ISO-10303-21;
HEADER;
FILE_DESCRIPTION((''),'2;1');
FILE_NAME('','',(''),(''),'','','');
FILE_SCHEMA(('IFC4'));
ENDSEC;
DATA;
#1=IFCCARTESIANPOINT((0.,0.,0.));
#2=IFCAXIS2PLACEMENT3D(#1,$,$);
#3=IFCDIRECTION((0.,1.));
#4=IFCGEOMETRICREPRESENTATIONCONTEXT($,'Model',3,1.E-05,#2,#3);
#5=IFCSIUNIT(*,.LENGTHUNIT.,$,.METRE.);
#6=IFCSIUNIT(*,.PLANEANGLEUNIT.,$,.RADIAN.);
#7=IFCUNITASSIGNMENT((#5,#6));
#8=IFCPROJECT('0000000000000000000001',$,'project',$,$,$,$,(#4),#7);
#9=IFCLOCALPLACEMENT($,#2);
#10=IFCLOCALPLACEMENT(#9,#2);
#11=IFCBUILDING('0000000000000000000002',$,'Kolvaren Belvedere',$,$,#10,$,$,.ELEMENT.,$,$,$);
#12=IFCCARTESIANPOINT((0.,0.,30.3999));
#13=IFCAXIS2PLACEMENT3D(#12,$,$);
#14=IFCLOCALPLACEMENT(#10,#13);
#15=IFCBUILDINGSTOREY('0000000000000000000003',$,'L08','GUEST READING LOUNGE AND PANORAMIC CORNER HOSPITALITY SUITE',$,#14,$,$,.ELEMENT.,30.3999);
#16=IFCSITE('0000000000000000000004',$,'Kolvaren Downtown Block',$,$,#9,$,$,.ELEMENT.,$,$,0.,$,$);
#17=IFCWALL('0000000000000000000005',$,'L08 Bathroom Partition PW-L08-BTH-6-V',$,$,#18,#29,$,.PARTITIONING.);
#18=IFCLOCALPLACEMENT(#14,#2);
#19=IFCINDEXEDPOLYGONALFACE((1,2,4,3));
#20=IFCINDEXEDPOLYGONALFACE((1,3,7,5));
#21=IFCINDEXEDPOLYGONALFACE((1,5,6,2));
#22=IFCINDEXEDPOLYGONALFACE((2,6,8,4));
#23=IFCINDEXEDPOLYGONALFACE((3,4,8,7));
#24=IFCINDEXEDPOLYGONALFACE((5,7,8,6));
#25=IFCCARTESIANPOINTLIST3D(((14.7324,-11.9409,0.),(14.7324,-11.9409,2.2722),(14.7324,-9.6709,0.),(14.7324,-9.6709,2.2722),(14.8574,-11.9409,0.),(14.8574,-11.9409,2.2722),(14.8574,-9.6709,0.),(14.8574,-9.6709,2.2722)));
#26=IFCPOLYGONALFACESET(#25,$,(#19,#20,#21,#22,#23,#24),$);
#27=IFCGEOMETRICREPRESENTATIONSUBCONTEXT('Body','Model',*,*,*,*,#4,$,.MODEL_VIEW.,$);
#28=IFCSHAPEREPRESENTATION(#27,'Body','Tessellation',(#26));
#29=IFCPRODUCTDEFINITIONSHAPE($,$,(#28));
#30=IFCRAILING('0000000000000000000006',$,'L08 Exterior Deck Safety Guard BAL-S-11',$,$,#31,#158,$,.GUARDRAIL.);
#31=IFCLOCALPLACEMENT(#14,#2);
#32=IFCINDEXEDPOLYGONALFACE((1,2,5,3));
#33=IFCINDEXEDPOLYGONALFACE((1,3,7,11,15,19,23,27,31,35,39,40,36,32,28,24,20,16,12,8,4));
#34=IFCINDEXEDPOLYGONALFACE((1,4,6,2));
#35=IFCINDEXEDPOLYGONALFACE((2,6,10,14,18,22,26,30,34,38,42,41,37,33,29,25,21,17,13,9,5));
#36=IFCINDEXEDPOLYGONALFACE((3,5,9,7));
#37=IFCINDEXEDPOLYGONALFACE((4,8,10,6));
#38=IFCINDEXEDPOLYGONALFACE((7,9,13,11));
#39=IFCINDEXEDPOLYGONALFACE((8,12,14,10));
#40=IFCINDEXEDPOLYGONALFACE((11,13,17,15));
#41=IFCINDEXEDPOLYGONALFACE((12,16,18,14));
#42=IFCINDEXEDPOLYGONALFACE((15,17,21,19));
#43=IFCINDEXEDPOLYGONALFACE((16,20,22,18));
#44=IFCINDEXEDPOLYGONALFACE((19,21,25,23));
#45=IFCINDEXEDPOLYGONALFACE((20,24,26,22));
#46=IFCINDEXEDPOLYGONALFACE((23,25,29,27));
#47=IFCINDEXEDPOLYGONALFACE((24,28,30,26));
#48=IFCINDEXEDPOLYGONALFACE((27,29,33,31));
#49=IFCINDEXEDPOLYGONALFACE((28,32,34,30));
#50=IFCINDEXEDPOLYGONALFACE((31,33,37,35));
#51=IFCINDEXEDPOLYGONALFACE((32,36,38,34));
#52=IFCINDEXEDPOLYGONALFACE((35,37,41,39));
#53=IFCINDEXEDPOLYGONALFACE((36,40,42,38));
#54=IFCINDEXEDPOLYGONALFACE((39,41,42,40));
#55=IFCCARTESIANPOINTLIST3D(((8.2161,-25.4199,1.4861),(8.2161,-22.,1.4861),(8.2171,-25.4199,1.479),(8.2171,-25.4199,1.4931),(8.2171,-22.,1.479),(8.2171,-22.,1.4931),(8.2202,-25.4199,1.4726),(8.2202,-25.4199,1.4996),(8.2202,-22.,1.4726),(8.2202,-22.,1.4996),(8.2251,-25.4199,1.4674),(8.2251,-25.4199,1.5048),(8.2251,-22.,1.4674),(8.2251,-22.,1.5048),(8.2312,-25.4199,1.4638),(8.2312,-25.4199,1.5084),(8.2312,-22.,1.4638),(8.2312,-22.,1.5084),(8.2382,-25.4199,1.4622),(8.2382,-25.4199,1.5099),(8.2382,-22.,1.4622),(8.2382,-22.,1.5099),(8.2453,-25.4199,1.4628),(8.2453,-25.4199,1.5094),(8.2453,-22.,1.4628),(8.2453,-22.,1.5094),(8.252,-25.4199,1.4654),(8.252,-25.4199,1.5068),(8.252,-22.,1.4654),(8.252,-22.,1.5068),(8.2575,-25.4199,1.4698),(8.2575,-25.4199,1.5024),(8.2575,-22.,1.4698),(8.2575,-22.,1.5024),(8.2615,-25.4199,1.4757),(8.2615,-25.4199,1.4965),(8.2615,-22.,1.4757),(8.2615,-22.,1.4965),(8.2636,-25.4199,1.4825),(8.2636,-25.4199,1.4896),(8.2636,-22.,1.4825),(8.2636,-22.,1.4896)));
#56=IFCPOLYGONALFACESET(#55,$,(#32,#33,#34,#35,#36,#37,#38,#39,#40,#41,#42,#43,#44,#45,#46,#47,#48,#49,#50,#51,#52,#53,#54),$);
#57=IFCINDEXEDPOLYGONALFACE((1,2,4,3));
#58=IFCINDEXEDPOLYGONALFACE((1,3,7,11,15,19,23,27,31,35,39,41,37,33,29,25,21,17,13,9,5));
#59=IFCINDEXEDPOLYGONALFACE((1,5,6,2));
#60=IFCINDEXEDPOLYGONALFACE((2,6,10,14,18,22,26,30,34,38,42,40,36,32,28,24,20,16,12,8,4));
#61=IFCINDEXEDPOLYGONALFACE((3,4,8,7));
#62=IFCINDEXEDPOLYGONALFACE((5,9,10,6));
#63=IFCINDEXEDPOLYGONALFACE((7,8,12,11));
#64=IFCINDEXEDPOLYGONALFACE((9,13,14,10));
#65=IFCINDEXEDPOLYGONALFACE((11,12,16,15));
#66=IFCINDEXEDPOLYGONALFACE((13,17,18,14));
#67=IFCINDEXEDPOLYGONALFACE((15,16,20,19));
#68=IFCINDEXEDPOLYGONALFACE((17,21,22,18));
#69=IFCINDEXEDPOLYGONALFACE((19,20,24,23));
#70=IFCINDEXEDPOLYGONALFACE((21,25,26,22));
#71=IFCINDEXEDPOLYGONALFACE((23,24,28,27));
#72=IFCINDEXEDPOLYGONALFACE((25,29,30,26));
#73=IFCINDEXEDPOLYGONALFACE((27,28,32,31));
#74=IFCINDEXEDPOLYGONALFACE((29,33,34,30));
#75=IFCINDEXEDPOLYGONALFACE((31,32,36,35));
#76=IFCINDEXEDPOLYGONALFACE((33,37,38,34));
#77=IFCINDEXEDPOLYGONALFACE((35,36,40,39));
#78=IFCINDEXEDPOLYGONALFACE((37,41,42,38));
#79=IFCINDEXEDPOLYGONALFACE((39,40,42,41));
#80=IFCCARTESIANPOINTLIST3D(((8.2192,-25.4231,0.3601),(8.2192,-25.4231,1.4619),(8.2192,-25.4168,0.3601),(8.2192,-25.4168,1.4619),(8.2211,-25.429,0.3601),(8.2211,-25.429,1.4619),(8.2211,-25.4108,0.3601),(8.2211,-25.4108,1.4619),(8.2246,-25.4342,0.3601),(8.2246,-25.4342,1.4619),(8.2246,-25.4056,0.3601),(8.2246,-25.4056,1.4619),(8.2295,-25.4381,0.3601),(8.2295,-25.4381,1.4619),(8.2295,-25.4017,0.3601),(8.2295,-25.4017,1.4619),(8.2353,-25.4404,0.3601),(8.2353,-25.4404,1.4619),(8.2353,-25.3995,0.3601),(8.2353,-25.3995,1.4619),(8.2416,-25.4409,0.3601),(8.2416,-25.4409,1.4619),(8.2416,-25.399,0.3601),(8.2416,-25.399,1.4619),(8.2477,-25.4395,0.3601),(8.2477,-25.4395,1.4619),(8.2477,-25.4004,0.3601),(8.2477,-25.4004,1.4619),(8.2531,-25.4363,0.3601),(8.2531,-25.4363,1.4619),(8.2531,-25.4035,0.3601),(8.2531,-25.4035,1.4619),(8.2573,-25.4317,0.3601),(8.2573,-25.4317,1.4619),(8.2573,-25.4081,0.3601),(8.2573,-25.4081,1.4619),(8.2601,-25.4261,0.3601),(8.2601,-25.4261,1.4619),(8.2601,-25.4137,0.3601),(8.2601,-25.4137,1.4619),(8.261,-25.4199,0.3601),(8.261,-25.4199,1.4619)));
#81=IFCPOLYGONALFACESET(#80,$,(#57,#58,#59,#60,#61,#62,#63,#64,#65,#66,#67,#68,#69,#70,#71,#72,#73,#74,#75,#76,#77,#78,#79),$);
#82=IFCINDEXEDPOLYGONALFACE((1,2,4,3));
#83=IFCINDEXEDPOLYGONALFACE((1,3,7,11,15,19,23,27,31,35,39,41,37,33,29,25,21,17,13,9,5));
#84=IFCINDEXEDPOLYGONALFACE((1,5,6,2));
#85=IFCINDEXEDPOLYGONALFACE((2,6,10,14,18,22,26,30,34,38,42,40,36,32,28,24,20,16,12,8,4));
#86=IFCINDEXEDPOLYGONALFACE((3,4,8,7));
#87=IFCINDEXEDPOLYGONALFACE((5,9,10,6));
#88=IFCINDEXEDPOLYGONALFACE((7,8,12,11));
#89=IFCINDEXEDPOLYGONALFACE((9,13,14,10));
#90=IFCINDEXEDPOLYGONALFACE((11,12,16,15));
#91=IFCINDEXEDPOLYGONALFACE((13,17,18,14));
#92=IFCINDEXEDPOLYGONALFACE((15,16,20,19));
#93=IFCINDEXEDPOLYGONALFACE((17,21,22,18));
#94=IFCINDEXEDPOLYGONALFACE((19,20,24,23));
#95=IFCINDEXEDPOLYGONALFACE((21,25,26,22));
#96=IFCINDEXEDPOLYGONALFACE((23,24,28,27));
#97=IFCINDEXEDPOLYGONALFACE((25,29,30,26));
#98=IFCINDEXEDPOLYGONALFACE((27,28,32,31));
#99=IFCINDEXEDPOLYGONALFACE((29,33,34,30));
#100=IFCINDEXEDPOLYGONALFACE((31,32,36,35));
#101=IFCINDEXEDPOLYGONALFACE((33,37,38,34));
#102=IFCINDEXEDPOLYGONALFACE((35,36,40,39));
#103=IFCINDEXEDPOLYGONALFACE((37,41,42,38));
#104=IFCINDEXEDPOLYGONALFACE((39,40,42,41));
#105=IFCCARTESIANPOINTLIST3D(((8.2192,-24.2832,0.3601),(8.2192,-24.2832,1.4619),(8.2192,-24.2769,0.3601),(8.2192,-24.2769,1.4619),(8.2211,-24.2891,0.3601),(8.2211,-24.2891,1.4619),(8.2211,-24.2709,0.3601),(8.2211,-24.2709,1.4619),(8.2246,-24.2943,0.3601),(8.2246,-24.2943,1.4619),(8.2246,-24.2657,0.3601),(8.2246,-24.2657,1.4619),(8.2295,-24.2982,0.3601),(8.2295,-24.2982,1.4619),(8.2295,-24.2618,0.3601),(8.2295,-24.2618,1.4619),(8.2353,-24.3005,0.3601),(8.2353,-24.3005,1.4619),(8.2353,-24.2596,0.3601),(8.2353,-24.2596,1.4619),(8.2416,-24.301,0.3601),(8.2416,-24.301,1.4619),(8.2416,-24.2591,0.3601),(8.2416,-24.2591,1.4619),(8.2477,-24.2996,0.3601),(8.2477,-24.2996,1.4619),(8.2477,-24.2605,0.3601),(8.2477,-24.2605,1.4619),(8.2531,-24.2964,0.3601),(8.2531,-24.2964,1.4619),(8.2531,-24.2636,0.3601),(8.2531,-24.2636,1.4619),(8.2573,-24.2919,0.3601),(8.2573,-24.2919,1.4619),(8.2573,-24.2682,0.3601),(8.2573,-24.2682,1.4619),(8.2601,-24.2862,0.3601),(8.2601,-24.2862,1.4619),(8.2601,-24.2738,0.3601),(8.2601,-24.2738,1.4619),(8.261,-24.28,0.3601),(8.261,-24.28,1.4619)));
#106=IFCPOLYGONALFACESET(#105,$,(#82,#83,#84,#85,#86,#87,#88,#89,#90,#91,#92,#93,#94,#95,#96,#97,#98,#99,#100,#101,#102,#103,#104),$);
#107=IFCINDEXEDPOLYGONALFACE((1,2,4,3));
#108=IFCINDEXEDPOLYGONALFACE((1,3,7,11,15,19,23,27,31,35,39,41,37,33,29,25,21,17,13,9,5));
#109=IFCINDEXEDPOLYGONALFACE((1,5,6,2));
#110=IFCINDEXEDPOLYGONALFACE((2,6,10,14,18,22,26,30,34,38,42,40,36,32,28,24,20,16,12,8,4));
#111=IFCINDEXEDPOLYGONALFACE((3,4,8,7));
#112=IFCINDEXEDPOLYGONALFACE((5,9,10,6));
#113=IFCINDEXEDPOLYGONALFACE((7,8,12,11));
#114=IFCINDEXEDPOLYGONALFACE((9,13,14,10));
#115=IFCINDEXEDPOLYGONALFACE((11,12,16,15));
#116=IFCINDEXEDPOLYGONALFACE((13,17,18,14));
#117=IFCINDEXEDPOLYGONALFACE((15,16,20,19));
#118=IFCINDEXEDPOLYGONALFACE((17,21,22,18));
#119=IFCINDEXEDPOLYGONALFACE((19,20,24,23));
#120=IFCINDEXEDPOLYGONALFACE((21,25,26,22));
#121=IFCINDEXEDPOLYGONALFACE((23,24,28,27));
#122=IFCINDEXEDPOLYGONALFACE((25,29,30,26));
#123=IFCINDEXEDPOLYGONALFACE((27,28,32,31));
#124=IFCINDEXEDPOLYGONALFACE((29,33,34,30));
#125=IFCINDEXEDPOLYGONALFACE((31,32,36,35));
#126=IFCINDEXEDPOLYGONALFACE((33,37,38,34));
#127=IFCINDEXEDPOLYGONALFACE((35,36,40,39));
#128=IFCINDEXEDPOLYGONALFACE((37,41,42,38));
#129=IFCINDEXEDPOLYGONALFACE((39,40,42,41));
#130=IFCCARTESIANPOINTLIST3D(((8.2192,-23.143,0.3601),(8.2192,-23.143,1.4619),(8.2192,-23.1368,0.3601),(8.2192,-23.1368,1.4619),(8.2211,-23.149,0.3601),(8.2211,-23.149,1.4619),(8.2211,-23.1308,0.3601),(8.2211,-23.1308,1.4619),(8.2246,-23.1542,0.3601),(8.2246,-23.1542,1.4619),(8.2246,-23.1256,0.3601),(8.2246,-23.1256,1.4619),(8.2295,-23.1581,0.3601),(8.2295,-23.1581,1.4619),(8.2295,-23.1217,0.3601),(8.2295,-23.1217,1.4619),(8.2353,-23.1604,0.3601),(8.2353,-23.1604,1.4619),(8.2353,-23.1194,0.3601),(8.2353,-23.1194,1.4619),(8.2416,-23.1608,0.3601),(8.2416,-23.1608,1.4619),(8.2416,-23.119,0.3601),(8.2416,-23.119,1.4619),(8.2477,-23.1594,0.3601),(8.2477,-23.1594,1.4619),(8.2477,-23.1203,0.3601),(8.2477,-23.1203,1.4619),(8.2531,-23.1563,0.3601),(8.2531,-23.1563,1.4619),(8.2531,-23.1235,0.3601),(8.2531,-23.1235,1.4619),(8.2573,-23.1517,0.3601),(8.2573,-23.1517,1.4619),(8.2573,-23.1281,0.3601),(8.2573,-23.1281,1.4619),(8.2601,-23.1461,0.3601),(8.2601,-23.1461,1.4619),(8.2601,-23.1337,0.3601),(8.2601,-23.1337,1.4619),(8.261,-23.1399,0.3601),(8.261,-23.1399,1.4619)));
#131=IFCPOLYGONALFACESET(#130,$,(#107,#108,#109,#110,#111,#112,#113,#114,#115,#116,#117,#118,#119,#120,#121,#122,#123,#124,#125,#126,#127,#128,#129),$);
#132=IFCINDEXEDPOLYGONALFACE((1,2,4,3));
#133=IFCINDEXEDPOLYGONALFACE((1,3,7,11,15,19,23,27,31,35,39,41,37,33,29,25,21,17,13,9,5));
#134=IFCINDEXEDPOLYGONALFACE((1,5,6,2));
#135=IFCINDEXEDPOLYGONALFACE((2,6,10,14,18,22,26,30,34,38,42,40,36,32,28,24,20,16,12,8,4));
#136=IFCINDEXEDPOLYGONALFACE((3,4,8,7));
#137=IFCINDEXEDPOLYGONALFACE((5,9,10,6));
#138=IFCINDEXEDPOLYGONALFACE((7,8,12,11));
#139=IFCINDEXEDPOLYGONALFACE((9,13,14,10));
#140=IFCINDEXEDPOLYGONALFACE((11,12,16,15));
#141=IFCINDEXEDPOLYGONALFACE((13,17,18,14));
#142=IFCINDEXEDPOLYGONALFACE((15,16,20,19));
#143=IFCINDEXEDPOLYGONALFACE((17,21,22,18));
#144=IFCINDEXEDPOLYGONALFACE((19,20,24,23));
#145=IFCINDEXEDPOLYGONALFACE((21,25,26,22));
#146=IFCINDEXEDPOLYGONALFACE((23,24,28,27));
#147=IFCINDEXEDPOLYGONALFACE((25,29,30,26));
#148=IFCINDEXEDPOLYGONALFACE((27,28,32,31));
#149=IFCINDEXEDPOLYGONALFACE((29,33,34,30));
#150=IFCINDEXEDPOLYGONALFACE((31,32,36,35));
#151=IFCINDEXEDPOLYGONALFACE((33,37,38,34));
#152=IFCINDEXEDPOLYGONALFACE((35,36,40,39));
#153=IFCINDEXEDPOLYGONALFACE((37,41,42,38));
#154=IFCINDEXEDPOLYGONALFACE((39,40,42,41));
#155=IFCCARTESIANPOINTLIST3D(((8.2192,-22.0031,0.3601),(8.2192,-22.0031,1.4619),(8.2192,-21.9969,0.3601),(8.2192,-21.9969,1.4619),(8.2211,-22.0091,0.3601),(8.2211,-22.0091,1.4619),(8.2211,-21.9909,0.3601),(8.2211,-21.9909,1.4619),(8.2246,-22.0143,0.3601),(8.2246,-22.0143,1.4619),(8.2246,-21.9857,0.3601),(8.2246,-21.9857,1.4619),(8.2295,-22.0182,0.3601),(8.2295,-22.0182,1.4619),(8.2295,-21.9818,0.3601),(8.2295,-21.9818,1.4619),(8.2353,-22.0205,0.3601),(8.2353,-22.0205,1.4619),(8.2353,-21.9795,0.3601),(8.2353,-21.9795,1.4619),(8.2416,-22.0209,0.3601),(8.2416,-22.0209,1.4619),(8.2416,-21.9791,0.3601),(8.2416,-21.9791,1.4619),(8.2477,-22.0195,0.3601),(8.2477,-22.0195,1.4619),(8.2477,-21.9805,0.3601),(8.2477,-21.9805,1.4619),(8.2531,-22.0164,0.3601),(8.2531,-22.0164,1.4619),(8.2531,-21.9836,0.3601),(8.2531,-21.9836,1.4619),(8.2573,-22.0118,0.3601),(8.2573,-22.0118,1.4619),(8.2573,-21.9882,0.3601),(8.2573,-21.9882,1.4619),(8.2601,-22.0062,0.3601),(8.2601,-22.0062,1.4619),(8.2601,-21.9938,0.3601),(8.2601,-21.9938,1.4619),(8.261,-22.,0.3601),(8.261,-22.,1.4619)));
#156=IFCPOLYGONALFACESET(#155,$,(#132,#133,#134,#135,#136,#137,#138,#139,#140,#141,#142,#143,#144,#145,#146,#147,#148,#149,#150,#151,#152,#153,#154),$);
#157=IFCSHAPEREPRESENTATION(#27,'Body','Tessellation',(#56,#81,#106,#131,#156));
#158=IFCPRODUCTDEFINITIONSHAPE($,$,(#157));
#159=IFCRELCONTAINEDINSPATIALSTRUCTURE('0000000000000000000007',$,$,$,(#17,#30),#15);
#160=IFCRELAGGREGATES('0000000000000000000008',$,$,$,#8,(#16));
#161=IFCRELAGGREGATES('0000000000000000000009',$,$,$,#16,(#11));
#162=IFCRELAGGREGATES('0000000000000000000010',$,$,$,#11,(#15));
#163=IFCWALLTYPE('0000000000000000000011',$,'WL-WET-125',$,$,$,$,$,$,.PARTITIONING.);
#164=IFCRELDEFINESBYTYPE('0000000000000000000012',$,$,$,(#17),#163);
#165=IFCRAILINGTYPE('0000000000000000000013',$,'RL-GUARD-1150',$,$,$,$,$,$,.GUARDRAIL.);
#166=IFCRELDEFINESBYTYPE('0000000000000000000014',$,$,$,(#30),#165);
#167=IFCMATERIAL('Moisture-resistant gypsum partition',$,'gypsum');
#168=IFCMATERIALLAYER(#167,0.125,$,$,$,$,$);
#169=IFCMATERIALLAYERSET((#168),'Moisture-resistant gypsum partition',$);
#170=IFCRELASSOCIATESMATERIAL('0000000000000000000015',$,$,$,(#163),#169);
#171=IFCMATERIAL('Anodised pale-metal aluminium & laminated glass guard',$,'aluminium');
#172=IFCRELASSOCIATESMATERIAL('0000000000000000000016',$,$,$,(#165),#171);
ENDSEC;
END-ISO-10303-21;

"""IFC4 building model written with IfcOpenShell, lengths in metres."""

from ifc_helpers import new_model, si_unit, direction, frame, frame_2d, origin, origin_2d, place, context, subcontext, project, spatial, rectangle, circle, extrude, material, layer, layer_set, type_object, element, save


model = new_model("IFC4")

# Units and contexts
model_context = context("Model", 3, precision=1e-05, world=origin(), true_north=direction((0.0, 1.0)))
body_context = subcontext(model_context, "Body", "Model", "MODEL_VIEW")
ifc_project = project(units=[si_unit("LENGTHUNIT", "METRE"), si_unit("PLANEANGLEUNIT", "RADIAN")], contexts=[model_context])

# Site, building, storey
site_placement = place(None, origin())
site = spatial("IfcSite", under=ifc_project, at=site_placement, Name="Kolvaren Downtown Block", CompositionType="ELEMENT", RefElevation=0.0)
building_placement = place(site_placement, origin())
building = spatial("IfcBuilding", under=site, at=building_placement, Name="Kolvaren Belvedere", CompositionType="ELEMENT")
storey_placement = place(building_placement, frame((0.0, 0.0, 30.3999)))
storey = spatial("IfcBuildingStorey", under=building, at=storey_placement, Name="L08", Description="GUEST READING LOUNGE AND PANORAMIC CORNER HOSPITALITY SUITE", CompositionType="ELEMENT", Elevation=30.3999)

# Wall
ifc_material_1 = material(Name="Moisture-resistant gypsum partition", Category="gypsum")
ifc_layer_1 = layer(ifc_material_1, 0.125)
ifc_layer_set_1 = layer_set([ifc_layer_1], Name="Moisture-resistant gypsum partition")
wall_type_1 = type_object("IfcWallType", Name="WL-WET-125", PredefinedType="PARTITIONING", material=ifc_layer_set_1)
wall_1_placement = place(storey_placement, frame((14.7949, -11.9409, 0.0), z_axis=(0.0, 0.0, 1.0), x_axis=(0.0, 1.0, 0.0)))
element("IfcWall", 1, at=wall_1_placement, inside=storey, type_object=wall_type_1, Name="L08 Bathroom Partition PW-L08-BTH-6-V", PredefinedType="PARTITIONING", context=body_context, shape_type="SweptSolid", body=[
    extrude(rectangle(XDim=2.27, YDim=0.125, at=frame_2d((1.135, 0.0))), origin(), (0.0, 0.0, 1.0), 2.2722),
])

# Railing
ifc_material_2 = material(Name="Anodised pale-metal aluminium & laminated glass guard", Category="aluminium")
railing_type = type_object("IfcRailingType", Name="RL-GUARD-1150", PredefinedType="GUARDRAIL", material=ifc_material_2)
railing_placement = place(storey_placement, frame((8.24, -25.4199, 0.3601)))
element("IfcRailing", 2, at=railing_placement, inside=storey, type_object=railing_type, Name="L08 Exterior Deck Safety Guard BAL-S-11", PredefinedType="GUARDRAIL", context=body_context, shape_type="SweptSolid", body=[
    extrude(circle(Radius=0.0239, at=origin_2d()), frame((0.0, 0.0, 1.126), z_axis=(0.0, 1.0, 0.0), x_axis=(-1.0, 0.0, 0.0)), (0.0, 0.0, 1.0), 3.4199),
    extrude(circle(Radius=0.021, at=origin_2d()), origin(), (0.0, 0.0, 1.0), 1.1018),
    extrude(circle(Radius=0.021, at=origin_2d()), frame((0.0, 1.1399, 0.0)), (0.0, 0.0, 1.0), 1.1018),
    extrude(circle(Radius=0.021, at=origin_2d()), frame((0.0, 2.28, 0.0)), (0.0, 0.0, 1.0), 1.1018),
    extrude(circle(Radius=0.021, at=origin_2d()), frame((0.0, 3.4199, 0.0)), (0.0, 0.0, 1.0), 1.1018),
])

save(model, "model.ifc")
